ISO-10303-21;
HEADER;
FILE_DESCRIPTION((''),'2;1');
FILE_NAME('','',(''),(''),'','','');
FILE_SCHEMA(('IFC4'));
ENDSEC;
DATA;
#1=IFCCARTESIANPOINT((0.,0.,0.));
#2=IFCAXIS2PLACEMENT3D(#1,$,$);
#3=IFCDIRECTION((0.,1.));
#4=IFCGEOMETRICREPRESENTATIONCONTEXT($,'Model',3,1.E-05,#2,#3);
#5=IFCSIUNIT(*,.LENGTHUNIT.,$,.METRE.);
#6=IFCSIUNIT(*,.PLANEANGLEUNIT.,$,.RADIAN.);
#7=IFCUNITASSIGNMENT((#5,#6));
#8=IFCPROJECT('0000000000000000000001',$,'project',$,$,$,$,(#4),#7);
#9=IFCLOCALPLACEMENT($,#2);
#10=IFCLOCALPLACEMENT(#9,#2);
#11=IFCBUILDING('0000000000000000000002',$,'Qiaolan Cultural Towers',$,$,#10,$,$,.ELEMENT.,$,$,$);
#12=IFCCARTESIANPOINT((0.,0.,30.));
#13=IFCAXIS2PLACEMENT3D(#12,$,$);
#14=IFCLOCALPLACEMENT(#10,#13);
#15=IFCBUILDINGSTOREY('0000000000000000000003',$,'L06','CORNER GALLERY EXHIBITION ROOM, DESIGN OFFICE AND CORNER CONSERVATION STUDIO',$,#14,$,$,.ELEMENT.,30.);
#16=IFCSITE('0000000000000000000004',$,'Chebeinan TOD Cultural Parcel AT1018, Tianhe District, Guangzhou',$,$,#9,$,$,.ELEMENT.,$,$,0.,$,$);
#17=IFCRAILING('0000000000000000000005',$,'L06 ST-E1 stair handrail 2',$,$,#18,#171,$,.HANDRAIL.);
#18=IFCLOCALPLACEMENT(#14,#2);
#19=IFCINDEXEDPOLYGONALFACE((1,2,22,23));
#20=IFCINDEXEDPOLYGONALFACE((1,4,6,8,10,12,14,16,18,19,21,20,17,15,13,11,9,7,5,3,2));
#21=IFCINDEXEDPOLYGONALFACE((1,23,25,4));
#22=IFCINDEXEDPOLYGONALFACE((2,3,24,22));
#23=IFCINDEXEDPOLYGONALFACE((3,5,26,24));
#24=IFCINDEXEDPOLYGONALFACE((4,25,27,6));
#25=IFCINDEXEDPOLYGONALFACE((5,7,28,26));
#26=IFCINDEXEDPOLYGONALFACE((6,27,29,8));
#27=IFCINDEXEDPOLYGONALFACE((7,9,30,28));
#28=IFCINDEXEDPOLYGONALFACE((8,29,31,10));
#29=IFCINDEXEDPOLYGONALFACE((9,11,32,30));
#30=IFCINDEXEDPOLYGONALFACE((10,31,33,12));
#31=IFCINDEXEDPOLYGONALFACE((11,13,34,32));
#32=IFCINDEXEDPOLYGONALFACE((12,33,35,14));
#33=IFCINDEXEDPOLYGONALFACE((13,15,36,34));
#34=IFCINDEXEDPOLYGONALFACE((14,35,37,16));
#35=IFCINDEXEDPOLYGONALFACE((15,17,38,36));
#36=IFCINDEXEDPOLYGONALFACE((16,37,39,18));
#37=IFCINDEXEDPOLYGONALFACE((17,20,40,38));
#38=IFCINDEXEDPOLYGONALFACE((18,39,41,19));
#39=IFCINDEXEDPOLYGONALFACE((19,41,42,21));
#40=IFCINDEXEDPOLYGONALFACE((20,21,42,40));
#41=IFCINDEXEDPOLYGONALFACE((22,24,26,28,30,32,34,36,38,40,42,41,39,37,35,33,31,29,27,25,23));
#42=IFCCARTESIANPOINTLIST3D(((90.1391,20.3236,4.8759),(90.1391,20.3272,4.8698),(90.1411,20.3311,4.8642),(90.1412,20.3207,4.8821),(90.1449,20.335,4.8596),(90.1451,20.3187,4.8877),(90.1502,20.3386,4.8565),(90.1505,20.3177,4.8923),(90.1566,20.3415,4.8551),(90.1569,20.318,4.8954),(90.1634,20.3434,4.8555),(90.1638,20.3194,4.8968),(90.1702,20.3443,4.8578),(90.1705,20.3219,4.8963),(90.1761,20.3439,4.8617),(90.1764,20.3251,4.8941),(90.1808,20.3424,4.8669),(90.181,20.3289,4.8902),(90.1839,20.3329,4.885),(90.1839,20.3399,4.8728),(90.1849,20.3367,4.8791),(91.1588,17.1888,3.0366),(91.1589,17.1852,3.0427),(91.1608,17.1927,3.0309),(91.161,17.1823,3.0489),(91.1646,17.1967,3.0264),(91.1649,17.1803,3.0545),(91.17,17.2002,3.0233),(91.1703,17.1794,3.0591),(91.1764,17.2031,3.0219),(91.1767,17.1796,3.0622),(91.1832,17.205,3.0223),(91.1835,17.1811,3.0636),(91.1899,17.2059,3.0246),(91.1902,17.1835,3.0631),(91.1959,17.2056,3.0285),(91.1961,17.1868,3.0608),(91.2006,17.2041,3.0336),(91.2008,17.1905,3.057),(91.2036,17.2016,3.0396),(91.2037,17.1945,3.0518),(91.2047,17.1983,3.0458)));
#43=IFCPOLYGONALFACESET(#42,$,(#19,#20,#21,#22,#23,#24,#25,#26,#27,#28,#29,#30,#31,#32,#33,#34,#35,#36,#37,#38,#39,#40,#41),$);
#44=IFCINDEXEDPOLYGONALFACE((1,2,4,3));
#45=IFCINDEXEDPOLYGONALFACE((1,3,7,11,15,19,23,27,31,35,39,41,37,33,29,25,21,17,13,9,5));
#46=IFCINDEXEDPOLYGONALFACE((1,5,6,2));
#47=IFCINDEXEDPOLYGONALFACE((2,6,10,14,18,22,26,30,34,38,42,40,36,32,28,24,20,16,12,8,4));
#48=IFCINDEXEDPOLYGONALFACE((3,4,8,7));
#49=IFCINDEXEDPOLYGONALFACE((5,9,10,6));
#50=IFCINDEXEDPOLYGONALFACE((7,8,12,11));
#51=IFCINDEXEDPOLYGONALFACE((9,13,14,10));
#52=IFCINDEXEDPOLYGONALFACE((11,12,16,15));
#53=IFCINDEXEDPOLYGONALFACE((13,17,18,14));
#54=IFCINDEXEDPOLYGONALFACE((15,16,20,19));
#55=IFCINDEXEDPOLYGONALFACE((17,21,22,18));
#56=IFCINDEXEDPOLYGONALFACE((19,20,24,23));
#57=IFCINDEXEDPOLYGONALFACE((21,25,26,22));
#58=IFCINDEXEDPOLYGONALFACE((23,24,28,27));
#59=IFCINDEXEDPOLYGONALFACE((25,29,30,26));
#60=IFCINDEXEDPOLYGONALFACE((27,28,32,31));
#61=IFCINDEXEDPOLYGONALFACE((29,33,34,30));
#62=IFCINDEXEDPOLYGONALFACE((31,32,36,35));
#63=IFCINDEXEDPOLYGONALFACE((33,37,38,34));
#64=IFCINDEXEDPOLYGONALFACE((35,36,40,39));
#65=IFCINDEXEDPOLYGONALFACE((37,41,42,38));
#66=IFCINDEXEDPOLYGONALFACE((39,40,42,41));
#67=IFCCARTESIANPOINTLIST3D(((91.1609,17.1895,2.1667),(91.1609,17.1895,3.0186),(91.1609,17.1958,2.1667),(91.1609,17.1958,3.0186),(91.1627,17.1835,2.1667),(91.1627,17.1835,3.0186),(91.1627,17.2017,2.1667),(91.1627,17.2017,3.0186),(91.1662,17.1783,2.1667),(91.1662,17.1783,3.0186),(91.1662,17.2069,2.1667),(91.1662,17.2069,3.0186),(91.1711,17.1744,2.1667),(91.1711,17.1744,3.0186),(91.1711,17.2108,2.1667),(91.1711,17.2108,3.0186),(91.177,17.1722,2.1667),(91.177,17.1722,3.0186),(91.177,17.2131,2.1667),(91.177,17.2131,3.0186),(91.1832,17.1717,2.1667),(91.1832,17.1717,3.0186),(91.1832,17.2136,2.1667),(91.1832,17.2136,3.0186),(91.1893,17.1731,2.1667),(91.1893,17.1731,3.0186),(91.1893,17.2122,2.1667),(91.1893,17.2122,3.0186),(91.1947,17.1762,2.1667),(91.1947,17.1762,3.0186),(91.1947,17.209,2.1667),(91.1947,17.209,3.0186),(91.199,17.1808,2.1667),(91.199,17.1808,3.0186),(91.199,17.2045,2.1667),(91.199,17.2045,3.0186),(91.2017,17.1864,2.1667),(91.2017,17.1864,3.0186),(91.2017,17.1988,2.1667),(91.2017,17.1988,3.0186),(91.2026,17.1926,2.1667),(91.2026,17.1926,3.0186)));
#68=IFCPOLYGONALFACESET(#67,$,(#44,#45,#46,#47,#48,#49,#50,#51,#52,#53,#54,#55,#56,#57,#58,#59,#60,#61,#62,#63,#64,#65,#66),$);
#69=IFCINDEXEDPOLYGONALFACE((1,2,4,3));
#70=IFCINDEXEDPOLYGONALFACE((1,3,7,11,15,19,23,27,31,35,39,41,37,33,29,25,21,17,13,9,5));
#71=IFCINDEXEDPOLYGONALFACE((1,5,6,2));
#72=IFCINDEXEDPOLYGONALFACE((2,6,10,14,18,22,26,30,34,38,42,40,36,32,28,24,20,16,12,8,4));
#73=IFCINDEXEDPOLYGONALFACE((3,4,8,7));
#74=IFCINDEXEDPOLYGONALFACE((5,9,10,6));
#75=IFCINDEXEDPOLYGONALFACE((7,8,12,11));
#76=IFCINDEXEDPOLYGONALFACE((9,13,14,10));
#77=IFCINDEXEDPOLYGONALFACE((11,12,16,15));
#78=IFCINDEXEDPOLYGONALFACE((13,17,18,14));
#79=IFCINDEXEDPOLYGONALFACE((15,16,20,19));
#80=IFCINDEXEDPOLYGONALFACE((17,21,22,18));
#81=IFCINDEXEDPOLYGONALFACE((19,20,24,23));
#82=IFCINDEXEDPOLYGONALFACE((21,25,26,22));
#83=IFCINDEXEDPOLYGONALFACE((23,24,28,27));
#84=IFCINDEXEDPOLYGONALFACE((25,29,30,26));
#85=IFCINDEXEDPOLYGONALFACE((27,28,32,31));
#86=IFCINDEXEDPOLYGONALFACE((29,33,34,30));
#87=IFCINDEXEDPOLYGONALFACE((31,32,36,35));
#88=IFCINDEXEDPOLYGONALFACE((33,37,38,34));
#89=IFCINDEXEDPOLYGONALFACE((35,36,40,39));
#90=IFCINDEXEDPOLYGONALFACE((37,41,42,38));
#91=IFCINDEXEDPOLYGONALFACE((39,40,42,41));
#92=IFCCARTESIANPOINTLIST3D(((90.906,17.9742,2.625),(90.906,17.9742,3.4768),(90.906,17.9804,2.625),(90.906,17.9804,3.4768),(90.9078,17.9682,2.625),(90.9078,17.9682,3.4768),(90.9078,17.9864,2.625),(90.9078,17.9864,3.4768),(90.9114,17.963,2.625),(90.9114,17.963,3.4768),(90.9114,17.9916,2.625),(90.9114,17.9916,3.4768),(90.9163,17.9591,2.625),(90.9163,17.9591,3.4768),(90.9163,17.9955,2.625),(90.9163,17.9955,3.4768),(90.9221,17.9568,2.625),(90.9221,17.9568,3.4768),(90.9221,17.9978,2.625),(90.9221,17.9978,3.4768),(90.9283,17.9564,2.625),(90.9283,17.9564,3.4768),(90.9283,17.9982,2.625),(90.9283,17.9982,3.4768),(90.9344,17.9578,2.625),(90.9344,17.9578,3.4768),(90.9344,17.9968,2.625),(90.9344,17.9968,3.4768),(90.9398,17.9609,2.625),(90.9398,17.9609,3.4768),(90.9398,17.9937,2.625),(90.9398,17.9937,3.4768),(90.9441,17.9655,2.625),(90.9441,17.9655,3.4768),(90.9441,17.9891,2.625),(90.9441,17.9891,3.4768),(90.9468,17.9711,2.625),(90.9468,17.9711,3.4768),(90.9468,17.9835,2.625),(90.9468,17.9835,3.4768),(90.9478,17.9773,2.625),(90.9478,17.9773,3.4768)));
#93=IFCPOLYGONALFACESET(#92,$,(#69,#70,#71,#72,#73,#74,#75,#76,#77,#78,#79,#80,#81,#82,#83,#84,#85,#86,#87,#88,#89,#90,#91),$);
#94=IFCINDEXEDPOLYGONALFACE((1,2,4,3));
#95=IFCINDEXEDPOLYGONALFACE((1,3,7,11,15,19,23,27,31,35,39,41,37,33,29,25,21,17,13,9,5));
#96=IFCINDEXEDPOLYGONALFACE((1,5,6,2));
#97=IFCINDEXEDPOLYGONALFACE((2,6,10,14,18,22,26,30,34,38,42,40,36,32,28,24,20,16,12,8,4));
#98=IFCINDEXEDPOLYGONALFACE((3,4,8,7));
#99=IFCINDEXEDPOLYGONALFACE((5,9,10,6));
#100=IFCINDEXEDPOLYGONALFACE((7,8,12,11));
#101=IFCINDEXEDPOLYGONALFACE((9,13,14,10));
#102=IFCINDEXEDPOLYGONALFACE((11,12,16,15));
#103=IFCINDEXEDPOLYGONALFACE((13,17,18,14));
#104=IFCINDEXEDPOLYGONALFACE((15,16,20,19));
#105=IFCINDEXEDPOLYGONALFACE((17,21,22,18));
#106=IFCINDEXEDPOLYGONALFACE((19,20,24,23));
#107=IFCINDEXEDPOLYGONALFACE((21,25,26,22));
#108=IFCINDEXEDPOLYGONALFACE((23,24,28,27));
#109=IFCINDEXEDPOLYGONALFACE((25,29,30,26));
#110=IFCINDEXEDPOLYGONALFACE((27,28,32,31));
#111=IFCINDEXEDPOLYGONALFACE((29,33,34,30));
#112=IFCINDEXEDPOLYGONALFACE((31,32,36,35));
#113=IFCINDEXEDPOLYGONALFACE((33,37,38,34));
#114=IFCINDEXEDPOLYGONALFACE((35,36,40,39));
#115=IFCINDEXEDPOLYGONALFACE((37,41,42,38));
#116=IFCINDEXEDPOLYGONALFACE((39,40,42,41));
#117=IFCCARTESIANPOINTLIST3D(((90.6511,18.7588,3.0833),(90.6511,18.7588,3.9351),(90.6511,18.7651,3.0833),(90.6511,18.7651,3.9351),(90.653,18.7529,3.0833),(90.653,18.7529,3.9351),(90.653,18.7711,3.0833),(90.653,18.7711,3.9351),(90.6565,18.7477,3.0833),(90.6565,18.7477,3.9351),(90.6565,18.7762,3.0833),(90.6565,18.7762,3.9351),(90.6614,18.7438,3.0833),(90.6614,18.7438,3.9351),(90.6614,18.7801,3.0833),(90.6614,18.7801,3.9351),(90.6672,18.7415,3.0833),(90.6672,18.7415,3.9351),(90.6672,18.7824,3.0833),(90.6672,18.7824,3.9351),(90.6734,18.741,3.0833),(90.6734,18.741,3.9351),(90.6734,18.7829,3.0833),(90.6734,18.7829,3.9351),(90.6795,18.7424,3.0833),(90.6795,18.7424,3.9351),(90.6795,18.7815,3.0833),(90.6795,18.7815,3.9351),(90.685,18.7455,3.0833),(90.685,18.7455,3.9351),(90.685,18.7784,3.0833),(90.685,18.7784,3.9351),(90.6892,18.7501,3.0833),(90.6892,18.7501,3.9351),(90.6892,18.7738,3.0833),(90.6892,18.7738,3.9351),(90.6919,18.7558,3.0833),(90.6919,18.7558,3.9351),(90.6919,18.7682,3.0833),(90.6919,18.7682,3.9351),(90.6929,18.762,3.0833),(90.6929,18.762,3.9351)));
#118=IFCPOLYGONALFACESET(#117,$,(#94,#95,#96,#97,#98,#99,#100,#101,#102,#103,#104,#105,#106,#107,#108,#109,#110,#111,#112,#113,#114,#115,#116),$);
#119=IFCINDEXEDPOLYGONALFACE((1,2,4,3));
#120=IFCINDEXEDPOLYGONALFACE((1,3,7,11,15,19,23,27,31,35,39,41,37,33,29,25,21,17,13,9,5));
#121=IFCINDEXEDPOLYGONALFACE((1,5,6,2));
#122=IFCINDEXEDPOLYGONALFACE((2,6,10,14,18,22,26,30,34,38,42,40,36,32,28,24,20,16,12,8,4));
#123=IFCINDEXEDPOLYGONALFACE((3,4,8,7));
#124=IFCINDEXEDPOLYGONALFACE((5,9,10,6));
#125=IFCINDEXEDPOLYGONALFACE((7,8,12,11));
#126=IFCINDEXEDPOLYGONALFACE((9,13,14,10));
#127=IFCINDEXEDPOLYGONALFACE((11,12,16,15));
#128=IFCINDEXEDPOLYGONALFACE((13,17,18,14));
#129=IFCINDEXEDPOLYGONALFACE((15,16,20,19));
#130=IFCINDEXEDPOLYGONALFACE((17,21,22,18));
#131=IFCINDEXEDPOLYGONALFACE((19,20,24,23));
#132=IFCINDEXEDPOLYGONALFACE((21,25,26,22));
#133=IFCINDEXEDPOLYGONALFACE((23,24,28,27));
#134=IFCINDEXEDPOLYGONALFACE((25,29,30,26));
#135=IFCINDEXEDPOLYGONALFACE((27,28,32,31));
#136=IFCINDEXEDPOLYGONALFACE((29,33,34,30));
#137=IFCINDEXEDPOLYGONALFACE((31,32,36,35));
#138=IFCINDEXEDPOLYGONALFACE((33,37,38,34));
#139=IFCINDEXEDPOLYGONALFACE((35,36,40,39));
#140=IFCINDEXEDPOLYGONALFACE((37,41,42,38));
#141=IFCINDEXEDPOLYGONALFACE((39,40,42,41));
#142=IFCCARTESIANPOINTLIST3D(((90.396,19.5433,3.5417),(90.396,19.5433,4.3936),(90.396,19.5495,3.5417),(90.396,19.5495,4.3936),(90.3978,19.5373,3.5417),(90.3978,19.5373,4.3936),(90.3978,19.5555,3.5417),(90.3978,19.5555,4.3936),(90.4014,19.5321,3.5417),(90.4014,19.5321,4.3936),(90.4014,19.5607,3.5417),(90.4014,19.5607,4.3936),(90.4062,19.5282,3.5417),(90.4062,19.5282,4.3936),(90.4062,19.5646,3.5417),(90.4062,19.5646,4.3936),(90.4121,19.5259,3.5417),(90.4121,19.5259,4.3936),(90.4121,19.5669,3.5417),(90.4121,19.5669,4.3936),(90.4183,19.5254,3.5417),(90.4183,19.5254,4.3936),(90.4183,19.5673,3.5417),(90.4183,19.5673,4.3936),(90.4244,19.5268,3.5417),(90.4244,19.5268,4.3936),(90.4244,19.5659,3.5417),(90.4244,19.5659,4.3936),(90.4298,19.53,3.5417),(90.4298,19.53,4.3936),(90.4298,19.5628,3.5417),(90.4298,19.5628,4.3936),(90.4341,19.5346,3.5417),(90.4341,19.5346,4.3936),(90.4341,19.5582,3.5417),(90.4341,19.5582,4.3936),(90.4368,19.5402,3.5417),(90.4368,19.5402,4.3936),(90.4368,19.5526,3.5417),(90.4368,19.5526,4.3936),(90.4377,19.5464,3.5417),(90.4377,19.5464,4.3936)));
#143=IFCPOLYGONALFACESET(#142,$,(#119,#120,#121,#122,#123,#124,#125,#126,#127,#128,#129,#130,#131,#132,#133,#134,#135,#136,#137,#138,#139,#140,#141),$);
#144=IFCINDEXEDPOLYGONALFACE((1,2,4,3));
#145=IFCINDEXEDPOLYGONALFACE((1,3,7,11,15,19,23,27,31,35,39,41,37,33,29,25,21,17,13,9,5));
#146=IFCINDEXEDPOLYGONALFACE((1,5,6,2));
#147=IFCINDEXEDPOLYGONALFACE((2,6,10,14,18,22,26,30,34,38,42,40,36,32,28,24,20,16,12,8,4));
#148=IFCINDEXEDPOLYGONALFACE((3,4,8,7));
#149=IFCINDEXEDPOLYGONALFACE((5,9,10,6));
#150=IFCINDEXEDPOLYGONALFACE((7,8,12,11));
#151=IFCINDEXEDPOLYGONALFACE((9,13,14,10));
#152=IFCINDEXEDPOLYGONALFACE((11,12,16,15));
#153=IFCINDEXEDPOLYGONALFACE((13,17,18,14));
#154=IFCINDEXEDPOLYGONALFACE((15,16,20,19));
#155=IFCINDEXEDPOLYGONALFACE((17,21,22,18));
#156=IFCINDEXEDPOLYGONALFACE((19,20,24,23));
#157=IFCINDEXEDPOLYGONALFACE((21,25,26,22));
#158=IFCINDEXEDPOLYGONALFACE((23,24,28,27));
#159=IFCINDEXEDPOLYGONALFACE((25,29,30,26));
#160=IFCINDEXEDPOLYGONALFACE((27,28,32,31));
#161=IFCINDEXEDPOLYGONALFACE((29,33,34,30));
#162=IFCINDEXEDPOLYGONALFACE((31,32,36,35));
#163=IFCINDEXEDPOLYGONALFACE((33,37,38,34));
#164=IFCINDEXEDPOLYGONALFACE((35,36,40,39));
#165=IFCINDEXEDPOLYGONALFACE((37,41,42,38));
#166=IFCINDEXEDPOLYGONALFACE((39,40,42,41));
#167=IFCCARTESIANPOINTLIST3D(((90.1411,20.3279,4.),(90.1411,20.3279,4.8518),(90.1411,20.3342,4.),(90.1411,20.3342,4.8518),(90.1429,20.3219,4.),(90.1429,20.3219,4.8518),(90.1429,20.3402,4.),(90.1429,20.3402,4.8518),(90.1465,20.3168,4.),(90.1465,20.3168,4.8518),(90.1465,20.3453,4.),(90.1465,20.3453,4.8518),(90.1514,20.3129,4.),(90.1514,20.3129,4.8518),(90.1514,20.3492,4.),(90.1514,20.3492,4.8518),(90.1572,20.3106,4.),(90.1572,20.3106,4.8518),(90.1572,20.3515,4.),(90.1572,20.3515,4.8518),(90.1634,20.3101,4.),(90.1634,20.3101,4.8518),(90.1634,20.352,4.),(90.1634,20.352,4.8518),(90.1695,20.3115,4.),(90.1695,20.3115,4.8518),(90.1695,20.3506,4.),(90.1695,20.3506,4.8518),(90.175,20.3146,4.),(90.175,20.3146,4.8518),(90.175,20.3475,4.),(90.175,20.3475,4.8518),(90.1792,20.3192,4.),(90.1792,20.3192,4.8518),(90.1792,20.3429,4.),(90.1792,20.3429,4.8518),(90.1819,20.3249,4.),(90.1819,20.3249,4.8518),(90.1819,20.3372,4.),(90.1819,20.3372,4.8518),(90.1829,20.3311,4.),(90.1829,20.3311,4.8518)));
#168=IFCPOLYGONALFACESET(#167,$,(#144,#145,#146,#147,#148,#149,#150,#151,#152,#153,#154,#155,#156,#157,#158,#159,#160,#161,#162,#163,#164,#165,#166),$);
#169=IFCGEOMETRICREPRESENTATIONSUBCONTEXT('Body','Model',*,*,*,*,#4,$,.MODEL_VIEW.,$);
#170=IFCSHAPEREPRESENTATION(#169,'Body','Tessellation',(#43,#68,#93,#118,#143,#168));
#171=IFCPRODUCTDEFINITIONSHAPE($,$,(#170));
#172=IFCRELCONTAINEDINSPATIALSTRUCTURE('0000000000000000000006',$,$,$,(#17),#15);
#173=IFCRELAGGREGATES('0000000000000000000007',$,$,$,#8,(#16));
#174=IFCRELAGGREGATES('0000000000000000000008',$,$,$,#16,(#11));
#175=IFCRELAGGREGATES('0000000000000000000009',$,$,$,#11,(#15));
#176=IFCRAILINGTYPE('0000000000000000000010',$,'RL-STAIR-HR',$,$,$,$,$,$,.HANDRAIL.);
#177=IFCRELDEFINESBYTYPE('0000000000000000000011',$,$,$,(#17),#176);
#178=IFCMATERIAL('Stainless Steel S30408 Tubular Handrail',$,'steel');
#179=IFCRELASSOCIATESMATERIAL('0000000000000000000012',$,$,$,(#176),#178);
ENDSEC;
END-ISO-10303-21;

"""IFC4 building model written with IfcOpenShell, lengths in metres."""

from ifc_helpers import new_model, si_unit, direction, frame, origin, origin_2d, place, context, subcontext, project, spatial, circle, extrude, material, type_object, element, save


model = new_model("IFC4")

# Units and contexts
model_context = context("Model", 3, precision=1e-05, world=origin(), true_north=direction((0.0, 1.0)))
body_context = subcontext(model_context, "Body", "Model", "MODEL_VIEW")
ifc_project = project(units=[si_unit("LENGTHUNIT", "METRE"), si_unit("PLANEANGLEUNIT", "RADIAN")], contexts=[model_context])

# Site, building, storey
site_placement = place(None, origin())
site = spatial("IfcSite", under=ifc_project, at=site_placement, Name="Chebeinan TOD Cultural Parcel AT1018, Tianhe District, Guangzhou", CompositionType="ELEMENT", RefElevation=0.0)
building_placement = place(site_placement, origin())
building = spatial("IfcBuilding", under=site, at=building_placement, Name="Qiaolan Cultural Towers", CompositionType="ELEMENT")
storey_placement = place(building_placement, frame((0.0, 0.0, 30.0)))
storey = spatial("IfcBuildingStorey", under=building, at=storey_placement, Name="L06", Description="CORNER GALLERY EXHIBITION ROOM, DESIGN OFFICE AND CORNER CONSERVATION STUDIO", CompositionType="ELEMENT", Elevation=30.0)

# Railing
ifc_material_1 = material(Name="Stainless Steel S30408 Tubular Handrail", Category="steel")
railing_type_1 = type_object("IfcRailingType", Name="RL-STAIR-HR", PredefinedType="HANDRAIL", material=ifc_material_1)
railing_1_placement = place(storey_placement, frame((91.1816, 17.1926, 2.1667)))
element("IfcRailing", 1, at=railing_1_placement, inside=storey, type_object=railing_type_1, Name="L06 ST-E1 stair handrail 2", PredefinedType="HANDRAIL", context=body_context, shape_type="SweptSolid", body=[
    extrude(circle(Radius=0.0239, at=origin_2d()), frame((0.0, 0.0, 0.876), z_axis=(-0.270141, 0.831376, 0.485632), x_axis=(-0.951053, -0.309028, 0.0)), (0.0, 0.0, 1.0), 3.7749),
    extrude(circle(Radius=0.021, at=origin_2d()), origin(), (0.0, 0.0, 1.0), 0.8518),
    extrude(circle(Radius=0.021, at=origin_2d()), frame((-0.2549, 0.7847, 0.4583)), (0.0, 0.0, 1.0), 0.8518),
    extrude(circle(Radius=0.021, at=origin_2d()), frame((-0.5098, 1.5693, 0.9165)), (0.0, 0.0, 1.0), 0.8518),
    extrude(circle(Radius=0.021, at=origin_2d()), frame((-0.7649, 2.3538, 1.375)), (0.0, 0.0, 1.0), 0.8518),
    extrude(circle(Radius=0.021, at=origin_2d()), frame((-1.0198, 3.1384, 1.8333)), (0.0, 0.0, 1.0), 0.8518),
])

save(model, "model.ifc")
